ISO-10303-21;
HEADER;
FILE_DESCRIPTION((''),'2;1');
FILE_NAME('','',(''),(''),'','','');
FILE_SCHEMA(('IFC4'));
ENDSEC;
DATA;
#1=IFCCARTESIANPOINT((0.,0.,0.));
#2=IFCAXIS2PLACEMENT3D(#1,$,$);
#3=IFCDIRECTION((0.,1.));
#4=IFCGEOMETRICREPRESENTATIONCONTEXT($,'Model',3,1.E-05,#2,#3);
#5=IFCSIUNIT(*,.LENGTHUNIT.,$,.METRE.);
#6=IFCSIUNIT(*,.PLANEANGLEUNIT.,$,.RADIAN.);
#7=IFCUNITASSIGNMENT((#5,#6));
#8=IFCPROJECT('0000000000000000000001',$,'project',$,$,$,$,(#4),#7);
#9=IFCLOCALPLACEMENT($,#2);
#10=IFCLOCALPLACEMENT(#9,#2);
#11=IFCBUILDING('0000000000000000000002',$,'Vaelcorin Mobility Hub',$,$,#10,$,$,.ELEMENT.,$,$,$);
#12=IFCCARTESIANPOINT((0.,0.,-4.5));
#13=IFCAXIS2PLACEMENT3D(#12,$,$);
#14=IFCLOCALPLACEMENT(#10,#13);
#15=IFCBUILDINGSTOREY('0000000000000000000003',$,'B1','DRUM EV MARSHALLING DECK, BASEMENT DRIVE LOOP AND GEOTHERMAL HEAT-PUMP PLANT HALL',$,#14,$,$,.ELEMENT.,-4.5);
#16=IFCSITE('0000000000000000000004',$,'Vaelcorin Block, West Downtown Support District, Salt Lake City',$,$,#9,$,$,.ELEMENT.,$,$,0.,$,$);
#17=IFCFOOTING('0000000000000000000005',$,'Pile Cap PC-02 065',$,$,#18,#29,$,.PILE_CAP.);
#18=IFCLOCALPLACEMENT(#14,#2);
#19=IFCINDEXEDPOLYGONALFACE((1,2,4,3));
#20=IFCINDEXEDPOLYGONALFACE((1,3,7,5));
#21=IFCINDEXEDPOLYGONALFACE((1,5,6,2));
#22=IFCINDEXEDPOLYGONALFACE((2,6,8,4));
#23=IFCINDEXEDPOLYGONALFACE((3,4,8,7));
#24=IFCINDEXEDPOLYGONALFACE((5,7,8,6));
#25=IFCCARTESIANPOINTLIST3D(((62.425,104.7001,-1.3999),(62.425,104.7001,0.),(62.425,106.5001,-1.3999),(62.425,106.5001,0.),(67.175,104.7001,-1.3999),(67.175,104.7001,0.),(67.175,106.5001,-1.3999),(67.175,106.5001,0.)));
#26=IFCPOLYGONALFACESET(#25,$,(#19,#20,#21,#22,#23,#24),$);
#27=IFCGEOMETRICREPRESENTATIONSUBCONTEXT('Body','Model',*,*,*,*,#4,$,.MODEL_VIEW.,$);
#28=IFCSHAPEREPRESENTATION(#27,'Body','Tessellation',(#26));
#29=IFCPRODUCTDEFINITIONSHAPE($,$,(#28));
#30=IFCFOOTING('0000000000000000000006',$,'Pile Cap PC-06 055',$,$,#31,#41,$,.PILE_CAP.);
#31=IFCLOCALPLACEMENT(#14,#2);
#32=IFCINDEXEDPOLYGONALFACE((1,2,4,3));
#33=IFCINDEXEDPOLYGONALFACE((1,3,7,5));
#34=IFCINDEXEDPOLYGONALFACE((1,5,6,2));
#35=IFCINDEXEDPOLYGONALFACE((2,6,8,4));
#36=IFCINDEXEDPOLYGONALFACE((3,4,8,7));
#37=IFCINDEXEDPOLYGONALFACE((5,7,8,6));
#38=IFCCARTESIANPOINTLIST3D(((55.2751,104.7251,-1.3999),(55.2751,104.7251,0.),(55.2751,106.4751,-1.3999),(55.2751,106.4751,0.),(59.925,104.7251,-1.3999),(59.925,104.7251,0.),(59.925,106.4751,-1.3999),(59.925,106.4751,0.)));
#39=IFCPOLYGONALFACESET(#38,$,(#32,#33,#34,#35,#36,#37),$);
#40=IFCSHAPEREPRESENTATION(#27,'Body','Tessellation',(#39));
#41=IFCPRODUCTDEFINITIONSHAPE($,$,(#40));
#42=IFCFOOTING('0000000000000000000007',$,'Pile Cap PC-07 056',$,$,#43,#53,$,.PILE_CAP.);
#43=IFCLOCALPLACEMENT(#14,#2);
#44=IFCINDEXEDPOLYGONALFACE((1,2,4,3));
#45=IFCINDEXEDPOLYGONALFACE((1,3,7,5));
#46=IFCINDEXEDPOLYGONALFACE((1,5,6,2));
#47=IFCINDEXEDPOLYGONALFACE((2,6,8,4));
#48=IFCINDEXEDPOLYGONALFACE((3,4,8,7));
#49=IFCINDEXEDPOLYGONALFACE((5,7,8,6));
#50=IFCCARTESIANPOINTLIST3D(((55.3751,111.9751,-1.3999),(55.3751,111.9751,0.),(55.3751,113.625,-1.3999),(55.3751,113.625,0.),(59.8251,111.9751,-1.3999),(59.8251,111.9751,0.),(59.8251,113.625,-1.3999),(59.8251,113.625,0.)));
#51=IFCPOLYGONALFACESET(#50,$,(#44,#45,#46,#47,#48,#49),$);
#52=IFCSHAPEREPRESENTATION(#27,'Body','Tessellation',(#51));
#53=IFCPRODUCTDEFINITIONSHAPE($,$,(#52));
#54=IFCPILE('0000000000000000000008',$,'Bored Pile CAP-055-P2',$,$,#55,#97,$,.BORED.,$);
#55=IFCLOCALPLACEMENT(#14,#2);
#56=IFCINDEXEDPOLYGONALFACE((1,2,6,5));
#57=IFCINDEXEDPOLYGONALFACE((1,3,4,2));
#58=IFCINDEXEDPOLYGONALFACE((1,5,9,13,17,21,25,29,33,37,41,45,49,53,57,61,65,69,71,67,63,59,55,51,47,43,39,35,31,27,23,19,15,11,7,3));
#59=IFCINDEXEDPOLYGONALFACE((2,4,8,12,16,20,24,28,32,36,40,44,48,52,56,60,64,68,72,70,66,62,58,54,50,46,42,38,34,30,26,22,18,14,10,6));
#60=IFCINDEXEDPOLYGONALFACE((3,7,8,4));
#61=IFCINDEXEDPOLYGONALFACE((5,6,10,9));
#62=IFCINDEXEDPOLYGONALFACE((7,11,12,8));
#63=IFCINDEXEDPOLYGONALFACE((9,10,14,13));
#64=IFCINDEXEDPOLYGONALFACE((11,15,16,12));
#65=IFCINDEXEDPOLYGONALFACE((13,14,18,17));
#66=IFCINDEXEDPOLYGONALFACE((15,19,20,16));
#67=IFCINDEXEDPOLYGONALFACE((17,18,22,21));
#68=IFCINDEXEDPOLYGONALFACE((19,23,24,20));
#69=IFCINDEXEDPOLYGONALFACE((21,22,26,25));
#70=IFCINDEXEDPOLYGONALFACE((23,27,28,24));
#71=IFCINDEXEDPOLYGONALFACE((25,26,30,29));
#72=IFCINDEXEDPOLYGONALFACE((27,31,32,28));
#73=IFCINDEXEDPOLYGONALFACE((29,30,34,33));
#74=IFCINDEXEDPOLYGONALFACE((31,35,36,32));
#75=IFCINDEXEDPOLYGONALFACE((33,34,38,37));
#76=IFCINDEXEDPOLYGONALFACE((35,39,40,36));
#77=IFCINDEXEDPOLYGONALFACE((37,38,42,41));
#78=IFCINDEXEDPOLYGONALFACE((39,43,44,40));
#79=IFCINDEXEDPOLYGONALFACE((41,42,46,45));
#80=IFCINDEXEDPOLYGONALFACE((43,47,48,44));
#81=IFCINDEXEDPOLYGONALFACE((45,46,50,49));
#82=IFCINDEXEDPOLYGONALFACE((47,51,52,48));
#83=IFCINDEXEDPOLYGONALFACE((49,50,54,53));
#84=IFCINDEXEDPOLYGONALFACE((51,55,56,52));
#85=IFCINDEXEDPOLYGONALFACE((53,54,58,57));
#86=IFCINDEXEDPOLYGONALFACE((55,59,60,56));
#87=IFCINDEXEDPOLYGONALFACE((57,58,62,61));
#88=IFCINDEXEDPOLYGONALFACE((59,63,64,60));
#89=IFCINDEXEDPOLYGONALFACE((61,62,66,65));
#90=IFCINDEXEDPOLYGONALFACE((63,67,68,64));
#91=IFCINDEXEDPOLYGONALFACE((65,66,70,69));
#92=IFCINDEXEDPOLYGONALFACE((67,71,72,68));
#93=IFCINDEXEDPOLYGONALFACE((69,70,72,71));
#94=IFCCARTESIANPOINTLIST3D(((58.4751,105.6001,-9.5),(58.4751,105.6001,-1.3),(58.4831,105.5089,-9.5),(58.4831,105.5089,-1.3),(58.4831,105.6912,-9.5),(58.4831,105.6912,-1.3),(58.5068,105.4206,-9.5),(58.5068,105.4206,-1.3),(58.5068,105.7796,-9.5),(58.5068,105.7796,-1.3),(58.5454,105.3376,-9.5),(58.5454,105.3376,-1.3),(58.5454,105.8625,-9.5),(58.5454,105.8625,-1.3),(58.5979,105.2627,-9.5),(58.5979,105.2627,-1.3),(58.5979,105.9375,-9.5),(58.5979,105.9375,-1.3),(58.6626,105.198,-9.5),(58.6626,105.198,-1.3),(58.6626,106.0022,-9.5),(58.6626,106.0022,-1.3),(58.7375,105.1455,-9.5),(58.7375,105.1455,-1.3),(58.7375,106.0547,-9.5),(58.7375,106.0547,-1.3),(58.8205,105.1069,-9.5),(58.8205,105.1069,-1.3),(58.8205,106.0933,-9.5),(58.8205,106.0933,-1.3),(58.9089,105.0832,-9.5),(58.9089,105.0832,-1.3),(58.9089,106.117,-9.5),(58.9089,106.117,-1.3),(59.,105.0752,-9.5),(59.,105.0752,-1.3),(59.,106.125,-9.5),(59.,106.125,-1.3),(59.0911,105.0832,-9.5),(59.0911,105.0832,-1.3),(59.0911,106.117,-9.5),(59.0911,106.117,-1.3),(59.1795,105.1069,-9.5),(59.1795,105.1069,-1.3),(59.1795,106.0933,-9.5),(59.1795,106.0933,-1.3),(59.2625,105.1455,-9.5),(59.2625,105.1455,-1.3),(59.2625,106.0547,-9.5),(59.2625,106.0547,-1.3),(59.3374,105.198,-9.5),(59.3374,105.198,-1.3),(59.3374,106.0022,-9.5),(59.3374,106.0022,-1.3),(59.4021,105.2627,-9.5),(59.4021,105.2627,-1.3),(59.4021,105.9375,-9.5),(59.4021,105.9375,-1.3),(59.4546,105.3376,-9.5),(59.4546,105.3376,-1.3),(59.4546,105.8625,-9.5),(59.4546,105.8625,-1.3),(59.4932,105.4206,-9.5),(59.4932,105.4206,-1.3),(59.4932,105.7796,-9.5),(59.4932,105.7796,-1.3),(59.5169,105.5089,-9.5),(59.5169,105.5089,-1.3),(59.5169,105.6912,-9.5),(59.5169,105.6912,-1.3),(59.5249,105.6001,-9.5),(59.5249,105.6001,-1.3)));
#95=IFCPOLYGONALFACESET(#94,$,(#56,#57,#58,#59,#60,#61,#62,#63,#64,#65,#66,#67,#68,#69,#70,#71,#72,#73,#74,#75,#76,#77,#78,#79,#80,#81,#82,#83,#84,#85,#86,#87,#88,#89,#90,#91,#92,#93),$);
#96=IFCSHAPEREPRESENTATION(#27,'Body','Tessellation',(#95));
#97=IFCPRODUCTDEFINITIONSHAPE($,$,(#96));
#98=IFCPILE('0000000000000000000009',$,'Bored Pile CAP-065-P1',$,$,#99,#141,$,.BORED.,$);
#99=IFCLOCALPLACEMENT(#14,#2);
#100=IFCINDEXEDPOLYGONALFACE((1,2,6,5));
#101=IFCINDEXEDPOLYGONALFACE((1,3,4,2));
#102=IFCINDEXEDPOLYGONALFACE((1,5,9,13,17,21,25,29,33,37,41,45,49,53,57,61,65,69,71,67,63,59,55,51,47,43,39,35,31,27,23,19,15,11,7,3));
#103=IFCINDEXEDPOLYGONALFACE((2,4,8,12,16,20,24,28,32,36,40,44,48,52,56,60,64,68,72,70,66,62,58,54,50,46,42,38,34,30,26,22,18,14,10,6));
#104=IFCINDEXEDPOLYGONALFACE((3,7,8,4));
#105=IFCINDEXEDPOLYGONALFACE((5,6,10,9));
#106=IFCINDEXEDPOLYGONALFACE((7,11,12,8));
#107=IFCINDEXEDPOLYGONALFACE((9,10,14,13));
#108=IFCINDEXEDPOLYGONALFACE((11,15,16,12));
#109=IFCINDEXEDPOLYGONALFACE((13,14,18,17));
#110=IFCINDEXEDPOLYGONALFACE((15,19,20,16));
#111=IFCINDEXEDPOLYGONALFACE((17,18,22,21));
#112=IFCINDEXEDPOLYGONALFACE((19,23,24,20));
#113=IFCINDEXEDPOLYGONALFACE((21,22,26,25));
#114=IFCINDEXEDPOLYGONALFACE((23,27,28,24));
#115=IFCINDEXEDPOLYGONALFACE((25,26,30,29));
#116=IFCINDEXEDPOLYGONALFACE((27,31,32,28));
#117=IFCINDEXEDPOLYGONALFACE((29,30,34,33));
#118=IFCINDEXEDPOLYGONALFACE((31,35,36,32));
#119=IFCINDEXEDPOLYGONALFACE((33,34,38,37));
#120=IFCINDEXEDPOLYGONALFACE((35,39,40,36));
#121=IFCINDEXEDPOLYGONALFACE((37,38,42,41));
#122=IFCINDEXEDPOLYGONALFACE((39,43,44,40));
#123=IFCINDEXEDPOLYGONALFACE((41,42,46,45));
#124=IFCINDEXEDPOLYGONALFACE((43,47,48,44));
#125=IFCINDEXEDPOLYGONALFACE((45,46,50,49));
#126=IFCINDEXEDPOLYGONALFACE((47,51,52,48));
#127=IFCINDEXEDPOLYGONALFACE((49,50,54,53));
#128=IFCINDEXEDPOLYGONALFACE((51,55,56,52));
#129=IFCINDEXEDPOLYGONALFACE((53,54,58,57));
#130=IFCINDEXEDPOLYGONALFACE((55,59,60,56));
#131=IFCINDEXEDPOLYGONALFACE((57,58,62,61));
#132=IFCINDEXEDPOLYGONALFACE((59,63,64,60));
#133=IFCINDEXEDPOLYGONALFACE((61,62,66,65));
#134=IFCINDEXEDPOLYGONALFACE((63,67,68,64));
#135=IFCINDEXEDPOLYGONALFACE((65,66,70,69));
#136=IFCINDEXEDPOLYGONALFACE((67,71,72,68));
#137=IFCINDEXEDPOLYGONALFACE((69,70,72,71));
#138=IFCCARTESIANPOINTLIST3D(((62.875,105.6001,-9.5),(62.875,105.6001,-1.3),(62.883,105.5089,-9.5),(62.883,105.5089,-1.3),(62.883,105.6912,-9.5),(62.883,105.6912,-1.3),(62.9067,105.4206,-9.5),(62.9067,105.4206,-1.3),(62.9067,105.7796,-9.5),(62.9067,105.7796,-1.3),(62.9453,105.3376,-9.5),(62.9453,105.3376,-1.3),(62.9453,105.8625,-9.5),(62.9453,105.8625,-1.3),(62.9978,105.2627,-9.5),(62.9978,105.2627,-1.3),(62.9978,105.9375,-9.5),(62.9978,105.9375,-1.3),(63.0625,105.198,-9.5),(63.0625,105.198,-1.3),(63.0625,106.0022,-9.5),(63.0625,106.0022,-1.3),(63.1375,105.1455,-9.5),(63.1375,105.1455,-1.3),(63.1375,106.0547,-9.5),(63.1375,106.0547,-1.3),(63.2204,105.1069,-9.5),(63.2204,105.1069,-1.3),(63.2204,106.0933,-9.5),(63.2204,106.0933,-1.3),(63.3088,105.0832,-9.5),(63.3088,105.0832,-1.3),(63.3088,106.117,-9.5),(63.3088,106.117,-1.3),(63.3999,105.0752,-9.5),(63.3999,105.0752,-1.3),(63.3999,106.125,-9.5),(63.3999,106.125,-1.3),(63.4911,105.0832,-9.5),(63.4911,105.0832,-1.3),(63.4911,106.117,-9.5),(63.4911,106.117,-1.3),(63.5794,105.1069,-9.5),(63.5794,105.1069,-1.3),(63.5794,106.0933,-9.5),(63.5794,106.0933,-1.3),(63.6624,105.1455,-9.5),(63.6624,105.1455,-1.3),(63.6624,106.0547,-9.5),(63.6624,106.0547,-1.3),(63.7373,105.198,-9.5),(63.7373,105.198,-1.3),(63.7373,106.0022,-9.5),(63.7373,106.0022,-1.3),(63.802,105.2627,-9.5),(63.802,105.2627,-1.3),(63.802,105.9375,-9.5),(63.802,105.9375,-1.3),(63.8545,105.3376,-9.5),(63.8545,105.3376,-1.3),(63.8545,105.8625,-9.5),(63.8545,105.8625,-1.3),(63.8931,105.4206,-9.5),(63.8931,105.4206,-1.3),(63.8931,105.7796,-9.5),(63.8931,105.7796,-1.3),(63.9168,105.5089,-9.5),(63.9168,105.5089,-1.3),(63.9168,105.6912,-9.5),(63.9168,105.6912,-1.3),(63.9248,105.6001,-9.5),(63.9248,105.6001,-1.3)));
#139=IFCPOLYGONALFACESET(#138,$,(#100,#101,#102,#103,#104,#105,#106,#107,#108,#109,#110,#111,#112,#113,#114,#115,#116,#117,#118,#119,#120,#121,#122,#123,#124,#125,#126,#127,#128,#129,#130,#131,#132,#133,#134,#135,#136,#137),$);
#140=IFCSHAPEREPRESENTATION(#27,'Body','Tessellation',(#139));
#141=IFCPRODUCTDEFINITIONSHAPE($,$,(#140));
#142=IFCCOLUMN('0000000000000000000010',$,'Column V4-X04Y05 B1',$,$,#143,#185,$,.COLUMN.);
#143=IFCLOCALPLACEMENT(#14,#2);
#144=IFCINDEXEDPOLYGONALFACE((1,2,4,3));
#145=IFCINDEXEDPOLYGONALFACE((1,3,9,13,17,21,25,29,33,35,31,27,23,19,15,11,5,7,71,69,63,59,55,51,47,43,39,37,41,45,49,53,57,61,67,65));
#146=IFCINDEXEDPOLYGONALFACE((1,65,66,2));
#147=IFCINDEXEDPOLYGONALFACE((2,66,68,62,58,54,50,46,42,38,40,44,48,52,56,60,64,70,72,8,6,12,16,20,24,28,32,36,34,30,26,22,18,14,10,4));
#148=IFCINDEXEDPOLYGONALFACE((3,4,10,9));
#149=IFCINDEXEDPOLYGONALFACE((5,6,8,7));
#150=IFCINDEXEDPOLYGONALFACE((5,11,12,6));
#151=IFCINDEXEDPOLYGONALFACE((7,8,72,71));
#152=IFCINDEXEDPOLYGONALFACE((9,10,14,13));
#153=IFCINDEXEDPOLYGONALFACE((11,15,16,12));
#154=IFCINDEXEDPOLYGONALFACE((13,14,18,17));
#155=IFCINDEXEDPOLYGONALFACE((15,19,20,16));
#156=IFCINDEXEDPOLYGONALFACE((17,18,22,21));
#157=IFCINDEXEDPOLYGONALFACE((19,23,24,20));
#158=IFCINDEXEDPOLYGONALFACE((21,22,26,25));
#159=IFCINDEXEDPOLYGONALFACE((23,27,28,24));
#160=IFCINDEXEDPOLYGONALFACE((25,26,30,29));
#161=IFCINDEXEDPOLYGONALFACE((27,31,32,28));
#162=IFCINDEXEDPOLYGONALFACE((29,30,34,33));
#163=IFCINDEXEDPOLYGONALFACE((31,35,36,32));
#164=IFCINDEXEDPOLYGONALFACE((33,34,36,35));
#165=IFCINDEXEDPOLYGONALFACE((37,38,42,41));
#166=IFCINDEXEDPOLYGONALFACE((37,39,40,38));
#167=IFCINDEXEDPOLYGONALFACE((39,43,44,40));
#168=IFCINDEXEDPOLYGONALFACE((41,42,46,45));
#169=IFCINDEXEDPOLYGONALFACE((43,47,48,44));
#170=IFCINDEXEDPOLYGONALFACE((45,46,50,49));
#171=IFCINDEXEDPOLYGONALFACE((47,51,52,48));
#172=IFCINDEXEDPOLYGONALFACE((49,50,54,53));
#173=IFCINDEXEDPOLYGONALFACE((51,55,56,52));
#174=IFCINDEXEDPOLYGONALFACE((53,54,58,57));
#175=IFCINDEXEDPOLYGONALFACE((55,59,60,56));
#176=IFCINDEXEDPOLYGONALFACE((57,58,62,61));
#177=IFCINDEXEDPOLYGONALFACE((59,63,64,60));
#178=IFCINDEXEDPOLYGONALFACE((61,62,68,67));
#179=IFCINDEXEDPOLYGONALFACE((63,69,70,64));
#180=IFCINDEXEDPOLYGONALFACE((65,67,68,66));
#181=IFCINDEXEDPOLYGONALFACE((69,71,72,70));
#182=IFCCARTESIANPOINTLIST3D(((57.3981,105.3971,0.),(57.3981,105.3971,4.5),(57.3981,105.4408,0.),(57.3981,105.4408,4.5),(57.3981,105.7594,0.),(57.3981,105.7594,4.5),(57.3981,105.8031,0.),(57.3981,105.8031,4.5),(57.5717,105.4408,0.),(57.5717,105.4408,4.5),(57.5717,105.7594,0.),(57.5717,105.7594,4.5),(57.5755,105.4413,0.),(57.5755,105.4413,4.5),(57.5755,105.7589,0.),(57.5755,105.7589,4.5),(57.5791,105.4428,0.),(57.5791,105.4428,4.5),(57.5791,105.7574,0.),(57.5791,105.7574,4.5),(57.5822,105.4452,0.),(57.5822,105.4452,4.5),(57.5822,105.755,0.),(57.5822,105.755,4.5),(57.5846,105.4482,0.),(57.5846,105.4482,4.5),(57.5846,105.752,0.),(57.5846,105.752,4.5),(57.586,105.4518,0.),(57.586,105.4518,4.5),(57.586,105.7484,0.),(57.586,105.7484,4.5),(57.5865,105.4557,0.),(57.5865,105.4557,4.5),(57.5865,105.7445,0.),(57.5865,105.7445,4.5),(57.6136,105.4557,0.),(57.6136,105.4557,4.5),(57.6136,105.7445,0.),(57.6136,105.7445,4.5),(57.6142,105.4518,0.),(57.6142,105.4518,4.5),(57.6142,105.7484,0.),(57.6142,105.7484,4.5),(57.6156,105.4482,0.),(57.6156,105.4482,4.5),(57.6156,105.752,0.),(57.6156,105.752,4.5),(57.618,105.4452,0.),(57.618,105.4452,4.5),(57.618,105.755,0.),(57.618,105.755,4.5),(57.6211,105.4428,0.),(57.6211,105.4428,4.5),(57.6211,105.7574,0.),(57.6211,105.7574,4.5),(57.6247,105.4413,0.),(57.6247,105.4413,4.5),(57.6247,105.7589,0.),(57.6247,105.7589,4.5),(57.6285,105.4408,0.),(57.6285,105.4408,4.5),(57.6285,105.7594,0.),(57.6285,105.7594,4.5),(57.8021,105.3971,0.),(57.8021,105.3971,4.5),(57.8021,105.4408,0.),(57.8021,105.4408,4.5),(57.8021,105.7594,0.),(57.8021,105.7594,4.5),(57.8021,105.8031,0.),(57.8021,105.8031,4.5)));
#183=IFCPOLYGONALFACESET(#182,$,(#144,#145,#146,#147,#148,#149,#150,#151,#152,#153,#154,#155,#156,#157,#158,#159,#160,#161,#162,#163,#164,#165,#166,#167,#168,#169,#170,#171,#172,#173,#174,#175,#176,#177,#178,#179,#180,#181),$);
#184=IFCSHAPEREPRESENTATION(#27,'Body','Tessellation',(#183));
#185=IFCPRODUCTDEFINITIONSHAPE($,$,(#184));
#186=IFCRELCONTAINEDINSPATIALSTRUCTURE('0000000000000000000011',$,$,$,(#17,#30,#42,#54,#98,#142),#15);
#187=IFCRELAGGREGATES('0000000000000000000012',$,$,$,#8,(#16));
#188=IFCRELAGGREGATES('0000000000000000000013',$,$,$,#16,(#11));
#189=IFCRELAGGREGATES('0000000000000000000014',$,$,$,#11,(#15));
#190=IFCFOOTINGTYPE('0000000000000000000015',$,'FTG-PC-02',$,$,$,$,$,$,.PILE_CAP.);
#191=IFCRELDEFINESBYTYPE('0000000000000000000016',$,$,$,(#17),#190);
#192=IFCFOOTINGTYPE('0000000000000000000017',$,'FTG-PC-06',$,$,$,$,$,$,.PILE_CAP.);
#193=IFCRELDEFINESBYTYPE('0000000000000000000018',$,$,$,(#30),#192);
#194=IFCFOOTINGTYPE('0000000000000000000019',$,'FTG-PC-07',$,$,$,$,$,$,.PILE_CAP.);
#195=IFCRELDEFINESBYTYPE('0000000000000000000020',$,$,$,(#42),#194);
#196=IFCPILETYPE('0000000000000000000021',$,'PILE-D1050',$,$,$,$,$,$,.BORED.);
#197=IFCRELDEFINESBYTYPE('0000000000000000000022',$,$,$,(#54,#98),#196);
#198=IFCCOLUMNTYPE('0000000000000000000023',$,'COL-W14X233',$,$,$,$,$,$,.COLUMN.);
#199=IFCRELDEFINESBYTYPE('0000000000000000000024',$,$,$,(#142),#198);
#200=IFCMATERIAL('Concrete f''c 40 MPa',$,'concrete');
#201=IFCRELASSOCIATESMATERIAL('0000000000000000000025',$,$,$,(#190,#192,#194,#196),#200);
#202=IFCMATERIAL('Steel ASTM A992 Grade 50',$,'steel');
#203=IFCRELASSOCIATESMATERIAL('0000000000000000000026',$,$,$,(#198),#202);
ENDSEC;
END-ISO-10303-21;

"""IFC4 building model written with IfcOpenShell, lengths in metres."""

from ifc_helpers import new_model, si_unit, direction, frame, origin, origin_2d, place, context, subcontext, project, spatial, rectangle, circle, i_section, extrude, material, material_profile, profile_set, type_object, element, save


model = new_model("IFC4")

# Units and contexts
model_context = context("Model", 3, precision=1e-05, world=origin(), true_north=direction((0.0, 1.0)))
body_context = subcontext(model_context, "Body", "Model", "MODEL_VIEW")
ifc_project = project(units=[si_unit("LENGTHUNIT", "METRE"), si_unit("PLANEANGLEUNIT", "RADIAN")], contexts=[model_context])

# Site, building, storey
site_placement = place(None, origin())
site = spatial("IfcSite", under=ifc_project, at=site_placement, Name="Vaelcorin Block, West Downtown Support District, Salt Lake City", CompositionType="ELEMENT", RefElevation=0.0)
building_placement = place(site_placement, origin())
building = spatial("IfcBuilding", under=site, at=building_placement, Name="Vaelcorin Mobility Hub", CompositionType="ELEMENT")
storey_placement = place(building_placement, frame((0.0, 0.0, -4.5)))
storey = spatial("IfcBuildingStorey", under=building, at=storey_placement, Name="B1", Description="DRUM EV MARSHALLING DECK, BASEMENT DRIVE LOOP AND GEOTHERMAL HEAT-PUMP PLANT HALL", CompositionType="ELEMENT", Elevation=-4.5)

# Footings
ifc_material_1 = material(Name="Concrete f'c 40 MPa", Category="concrete")
footing_type_1 = type_object("IfcFootingType", Name="FTG-PC-02", PredefinedType="PILE_CAP", material=ifc_material_1)
footing_1_placement = place(storey_placement, frame((64.8, 105.6001, -1.3999), z_axis=(0.0, 0.0, 1.0), x_axis=(1.0, 0.0, 0.0)))
element("IfcFooting", 1, at=footing_1_placement, inside=storey, type_object=footing_type_1, Name="Pile Cap PC-02 065", PredefinedType="PILE_CAP", context=body_context, shape_type="SweptSolid", body=[
    extrude(rectangle(XDim=4.75, YDim=1.8, at=origin_2d()), origin(), (0.0, 0.0, 1.0), 1.3999),
])
footing_type_2 = type_object("IfcFootingType", Name="FTG-PC-06", PredefinedType="PILE_CAP", material=ifc_material_1)
footing_2_placement = place(storey_placement, frame((57.6001, 105.6001, -1.3999), z_axis=(0.0, 0.0, 1.0), x_axis=(1.0, 0.0, 0.0)))
element("IfcFooting", 2, at=footing_2_placement, inside=storey, type_object=footing_type_2, Name="Pile Cap PC-06 055", PredefinedType="PILE_CAP", context=body_context, shape_type="SweptSolid", body=[
    extrude(rectangle(XDim=4.6499, YDim=1.75, at=origin_2d()), origin(), (0.0, 0.0, 1.0), 1.3999),
])
footing_type_3 = type_object("IfcFootingType", Name="FTG-PC-07", PredefinedType="PILE_CAP", material=ifc_material_1)
footing_3_placement = place(storey_placement, frame((57.6001, 112.8, -1.3999), z_axis=(0.0, 0.0, 1.0), x_axis=(1.0, 0.0, 0.0)))
element("IfcFooting", 3, at=footing_3_placement, inside=storey, type_object=footing_type_3, Name="Pile Cap PC-07 056", PredefinedType="PILE_CAP", context=body_context, shape_type="SweptSolid", body=[
    extrude(rectangle(XDim=4.45, YDim=1.6499, at=origin_2d()), origin(), (0.0, 0.0, 1.0), 1.3999),
])

# Piles
ifc_material_profile_1 = material_profile(ifc_material_1, circle(Radius=0.5249, at=origin_2d()), Name="BP-D1050")
ifc_profile_set_1 = profile_set([ifc_material_profile_1], Name="Concrete f'c 40 MPa")
pile_type = type_object("IfcPileType", Name="PILE-D1050", PredefinedType="BORED", material=ifc_profile_set_1)
for number, where, z_axis, x_axis, name in (
    (4, (59.0, 105.6001, -1.3), (0.0, 0.0, -1.0), (1.0, 0.0, 0.0), "Bored Pile CAP-055-P2"),
    (5, (63.3999, 105.6001, -1.3), (0.0, 0.0, -1.0), (1.0, 0.0, 0.0), "Bored Pile CAP-065-P1"),
):
    element("IfcPile", number, at=place(storey_placement, frame(where, z_axis=z_axis, x_axis=x_axis)), inside=storey, type_object=pile_type, Name=name, PredefinedType="BORED", context=body_context, shape_type="SweptSolid", body=[
        extrude(circle(Radius=0.5249, at=origin_2d()), origin(), (0.0, 0.0, 1.0), 8.2),
    ])

# Column
ifc_material_2 = material(Name="Steel ASTM A992 Grade 50", Category="steel")
ifc_material_profile_2 = material_profile(ifc_material_2, i_section(OverallWidth=0.4041, OverallDepth=0.406, WebThickness=0.0271, FlangeThickness=0.0437, FilletRadius=0.0149, at=origin_2d()), Name="W14X233")
ifc_profile_set_2 = profile_set([ifc_material_profile_2], Name="Steel ASTM A992 Grade 50")
column_type_1 = type_object("IfcColumnType", Name="COL-W14X233", PredefinedType="COLUMN", material=ifc_profile_set_2)
for number, where, z_axis, x_axis, name in (
    (6, (57.6001, 105.6001, 0.0), (0.0, 0.0, 1.0), (1.0, 0.0, 0.0), "Column V4-X04Y05 B1"),
):
    element("IfcColumn", number, at=place(storey_placement, frame(where, z_axis=z_axis, x_axis=x_axis)), inside=storey, type_object=column_type_1, Name=name, PredefinedType="COLUMN", context=body_context, shape_type="SweptSolid", body=[
        extrude(i_section(OverallWidth=0.4041, OverallDepth=0.406, WebThickness=0.0271, FlangeThickness=0.0437, FilletRadius=0.0149, at=origin_2d()), origin(), (0.0, 0.0, 1.0), 4.5),
    ])

save(model, "model.ifc")
